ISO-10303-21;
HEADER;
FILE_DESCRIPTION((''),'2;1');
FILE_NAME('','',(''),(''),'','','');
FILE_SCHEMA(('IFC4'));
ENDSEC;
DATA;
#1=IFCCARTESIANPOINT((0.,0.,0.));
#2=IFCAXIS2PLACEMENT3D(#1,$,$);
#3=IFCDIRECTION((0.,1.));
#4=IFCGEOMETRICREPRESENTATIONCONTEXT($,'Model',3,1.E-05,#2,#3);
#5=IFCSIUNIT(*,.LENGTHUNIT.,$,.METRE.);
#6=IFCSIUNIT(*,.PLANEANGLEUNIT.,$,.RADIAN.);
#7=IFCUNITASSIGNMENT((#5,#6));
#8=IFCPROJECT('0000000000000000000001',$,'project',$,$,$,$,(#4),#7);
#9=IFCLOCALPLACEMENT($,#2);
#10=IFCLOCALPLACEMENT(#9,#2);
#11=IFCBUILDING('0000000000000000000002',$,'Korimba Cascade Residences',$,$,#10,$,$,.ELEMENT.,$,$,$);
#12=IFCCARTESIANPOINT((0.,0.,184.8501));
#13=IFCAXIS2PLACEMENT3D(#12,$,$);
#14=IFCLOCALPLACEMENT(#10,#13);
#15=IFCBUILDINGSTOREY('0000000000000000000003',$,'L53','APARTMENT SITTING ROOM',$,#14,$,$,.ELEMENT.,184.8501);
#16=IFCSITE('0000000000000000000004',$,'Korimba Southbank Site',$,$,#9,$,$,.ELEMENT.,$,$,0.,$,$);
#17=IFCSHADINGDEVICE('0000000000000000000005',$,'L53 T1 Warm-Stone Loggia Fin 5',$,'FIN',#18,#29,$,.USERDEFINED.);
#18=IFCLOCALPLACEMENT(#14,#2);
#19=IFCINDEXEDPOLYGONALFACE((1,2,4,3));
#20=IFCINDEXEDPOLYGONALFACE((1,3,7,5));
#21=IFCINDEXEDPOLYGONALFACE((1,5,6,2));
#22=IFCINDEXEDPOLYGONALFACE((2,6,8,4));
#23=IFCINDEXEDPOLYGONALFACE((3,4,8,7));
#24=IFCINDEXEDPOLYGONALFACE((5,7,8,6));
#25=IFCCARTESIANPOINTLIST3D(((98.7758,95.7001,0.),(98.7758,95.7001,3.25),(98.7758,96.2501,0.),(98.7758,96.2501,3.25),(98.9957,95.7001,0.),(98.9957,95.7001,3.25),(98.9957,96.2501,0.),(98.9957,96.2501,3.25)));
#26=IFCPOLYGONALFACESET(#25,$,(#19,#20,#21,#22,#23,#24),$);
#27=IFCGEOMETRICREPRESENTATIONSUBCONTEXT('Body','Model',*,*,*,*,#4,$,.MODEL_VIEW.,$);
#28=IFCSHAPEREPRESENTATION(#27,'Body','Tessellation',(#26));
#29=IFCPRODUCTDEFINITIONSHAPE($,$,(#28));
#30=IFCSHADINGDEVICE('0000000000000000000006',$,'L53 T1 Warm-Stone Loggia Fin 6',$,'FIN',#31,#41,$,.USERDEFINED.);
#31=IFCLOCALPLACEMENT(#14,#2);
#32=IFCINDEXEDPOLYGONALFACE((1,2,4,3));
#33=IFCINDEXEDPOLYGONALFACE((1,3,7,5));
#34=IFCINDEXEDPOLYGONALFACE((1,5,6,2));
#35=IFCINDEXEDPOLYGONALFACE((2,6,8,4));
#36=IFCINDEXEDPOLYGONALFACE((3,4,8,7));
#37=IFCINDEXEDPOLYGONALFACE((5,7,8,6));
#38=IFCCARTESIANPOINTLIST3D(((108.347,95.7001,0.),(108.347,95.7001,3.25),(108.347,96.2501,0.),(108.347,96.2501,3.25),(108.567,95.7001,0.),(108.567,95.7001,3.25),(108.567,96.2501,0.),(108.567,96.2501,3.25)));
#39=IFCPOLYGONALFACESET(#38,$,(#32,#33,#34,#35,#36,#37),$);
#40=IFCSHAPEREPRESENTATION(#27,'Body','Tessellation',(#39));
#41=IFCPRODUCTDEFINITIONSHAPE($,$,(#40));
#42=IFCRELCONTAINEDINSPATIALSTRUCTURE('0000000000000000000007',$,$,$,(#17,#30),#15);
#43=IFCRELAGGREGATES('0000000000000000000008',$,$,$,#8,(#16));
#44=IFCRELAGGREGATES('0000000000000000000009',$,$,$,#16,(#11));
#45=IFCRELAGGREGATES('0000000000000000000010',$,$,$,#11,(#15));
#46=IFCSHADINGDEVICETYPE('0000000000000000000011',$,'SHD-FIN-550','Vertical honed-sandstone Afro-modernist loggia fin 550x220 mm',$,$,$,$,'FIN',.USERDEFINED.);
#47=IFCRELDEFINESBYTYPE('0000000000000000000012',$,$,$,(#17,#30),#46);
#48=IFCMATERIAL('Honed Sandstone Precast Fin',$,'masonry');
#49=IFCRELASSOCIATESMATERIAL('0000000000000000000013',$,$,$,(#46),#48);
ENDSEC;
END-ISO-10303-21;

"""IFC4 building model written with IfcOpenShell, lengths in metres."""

from ifc_helpers import new_model, si_unit, direction, frame, origin, origin_2d, place, context, subcontext, project, spatial, rectangle, extrude, material, type_object, element, save


model = new_model("IFC4")

# Units and contexts
model_context = context("Model", 3, precision=1e-05, world=origin(), true_north=direction((0.0, 1.0)))
body_context = subcontext(model_context, "Body", "Model", "MODEL_VIEW")
ifc_project = project(units=[si_unit("LENGTHUNIT", "METRE"), si_unit("PLANEANGLEUNIT", "RADIAN")], contexts=[model_context])

# Site, building, storey
site_placement = place(None, origin())
site = spatial("IfcSite", under=ifc_project, at=site_placement, Name="Korimba Southbank Site", CompositionType="ELEMENT", RefElevation=0.0)
building_placement = place(site_placement, origin())
building = spatial("IfcBuilding", under=site, at=building_placement, Name="Korimba Cascade Residences", CompositionType="ELEMENT")
storey_placement = place(building_placement, frame((0.0, 0.0, 184.8501)))
storey = spatial("IfcBuildingStorey", under=building, at=storey_placement, Name="L53", Description="APARTMENT SITTING ROOM", CompositionType="ELEMENT", Elevation=184.8501)

# Shading devices
ifc_material_1 = material(Name="Honed Sandstone Precast Fin", Category="masonry")
shading_device_type = type_object("IfcShadingDeviceType", Name="SHD-FIN-550", Description="Vertical honed-sandstone Afro-modernist loggia fin 550x220 mm", ElementType="FIN", PredefinedType="USERDEFINED", material=ifc_material_1)
for number, where, z_axis, x_axis, name in (
    (1, (98.8857, 95.9751, 0.0), (0.0, 0.0, 1.0), (1.0, 0.0, 0.0), "L53 T1 Warm-Stone Loggia Fin 5"),
    (2, (108.457, 95.9751, 0.0), (0.0, 0.0, 1.0), (1.0, 0.0, 0.0), "L53 T1 Warm-Stone Loggia Fin 6"),
):
    element("IfcShadingDevice", number, at=place(storey_placement, frame(where, z_axis=z_axis, x_axis=x_axis)), inside=storey, type_object=shading_device_type, Name=name, ObjectType="FIN", PredefinedType="USERDEFINED", context=body_context, shape_type="SweptSolid", body=[
        extrude(rectangle(XDim=0.22, YDim=0.55, at=origin_2d()), origin(), (0.0, 0.0, 1.0), 3.25),
    ])

save(model, "model.ifc")
